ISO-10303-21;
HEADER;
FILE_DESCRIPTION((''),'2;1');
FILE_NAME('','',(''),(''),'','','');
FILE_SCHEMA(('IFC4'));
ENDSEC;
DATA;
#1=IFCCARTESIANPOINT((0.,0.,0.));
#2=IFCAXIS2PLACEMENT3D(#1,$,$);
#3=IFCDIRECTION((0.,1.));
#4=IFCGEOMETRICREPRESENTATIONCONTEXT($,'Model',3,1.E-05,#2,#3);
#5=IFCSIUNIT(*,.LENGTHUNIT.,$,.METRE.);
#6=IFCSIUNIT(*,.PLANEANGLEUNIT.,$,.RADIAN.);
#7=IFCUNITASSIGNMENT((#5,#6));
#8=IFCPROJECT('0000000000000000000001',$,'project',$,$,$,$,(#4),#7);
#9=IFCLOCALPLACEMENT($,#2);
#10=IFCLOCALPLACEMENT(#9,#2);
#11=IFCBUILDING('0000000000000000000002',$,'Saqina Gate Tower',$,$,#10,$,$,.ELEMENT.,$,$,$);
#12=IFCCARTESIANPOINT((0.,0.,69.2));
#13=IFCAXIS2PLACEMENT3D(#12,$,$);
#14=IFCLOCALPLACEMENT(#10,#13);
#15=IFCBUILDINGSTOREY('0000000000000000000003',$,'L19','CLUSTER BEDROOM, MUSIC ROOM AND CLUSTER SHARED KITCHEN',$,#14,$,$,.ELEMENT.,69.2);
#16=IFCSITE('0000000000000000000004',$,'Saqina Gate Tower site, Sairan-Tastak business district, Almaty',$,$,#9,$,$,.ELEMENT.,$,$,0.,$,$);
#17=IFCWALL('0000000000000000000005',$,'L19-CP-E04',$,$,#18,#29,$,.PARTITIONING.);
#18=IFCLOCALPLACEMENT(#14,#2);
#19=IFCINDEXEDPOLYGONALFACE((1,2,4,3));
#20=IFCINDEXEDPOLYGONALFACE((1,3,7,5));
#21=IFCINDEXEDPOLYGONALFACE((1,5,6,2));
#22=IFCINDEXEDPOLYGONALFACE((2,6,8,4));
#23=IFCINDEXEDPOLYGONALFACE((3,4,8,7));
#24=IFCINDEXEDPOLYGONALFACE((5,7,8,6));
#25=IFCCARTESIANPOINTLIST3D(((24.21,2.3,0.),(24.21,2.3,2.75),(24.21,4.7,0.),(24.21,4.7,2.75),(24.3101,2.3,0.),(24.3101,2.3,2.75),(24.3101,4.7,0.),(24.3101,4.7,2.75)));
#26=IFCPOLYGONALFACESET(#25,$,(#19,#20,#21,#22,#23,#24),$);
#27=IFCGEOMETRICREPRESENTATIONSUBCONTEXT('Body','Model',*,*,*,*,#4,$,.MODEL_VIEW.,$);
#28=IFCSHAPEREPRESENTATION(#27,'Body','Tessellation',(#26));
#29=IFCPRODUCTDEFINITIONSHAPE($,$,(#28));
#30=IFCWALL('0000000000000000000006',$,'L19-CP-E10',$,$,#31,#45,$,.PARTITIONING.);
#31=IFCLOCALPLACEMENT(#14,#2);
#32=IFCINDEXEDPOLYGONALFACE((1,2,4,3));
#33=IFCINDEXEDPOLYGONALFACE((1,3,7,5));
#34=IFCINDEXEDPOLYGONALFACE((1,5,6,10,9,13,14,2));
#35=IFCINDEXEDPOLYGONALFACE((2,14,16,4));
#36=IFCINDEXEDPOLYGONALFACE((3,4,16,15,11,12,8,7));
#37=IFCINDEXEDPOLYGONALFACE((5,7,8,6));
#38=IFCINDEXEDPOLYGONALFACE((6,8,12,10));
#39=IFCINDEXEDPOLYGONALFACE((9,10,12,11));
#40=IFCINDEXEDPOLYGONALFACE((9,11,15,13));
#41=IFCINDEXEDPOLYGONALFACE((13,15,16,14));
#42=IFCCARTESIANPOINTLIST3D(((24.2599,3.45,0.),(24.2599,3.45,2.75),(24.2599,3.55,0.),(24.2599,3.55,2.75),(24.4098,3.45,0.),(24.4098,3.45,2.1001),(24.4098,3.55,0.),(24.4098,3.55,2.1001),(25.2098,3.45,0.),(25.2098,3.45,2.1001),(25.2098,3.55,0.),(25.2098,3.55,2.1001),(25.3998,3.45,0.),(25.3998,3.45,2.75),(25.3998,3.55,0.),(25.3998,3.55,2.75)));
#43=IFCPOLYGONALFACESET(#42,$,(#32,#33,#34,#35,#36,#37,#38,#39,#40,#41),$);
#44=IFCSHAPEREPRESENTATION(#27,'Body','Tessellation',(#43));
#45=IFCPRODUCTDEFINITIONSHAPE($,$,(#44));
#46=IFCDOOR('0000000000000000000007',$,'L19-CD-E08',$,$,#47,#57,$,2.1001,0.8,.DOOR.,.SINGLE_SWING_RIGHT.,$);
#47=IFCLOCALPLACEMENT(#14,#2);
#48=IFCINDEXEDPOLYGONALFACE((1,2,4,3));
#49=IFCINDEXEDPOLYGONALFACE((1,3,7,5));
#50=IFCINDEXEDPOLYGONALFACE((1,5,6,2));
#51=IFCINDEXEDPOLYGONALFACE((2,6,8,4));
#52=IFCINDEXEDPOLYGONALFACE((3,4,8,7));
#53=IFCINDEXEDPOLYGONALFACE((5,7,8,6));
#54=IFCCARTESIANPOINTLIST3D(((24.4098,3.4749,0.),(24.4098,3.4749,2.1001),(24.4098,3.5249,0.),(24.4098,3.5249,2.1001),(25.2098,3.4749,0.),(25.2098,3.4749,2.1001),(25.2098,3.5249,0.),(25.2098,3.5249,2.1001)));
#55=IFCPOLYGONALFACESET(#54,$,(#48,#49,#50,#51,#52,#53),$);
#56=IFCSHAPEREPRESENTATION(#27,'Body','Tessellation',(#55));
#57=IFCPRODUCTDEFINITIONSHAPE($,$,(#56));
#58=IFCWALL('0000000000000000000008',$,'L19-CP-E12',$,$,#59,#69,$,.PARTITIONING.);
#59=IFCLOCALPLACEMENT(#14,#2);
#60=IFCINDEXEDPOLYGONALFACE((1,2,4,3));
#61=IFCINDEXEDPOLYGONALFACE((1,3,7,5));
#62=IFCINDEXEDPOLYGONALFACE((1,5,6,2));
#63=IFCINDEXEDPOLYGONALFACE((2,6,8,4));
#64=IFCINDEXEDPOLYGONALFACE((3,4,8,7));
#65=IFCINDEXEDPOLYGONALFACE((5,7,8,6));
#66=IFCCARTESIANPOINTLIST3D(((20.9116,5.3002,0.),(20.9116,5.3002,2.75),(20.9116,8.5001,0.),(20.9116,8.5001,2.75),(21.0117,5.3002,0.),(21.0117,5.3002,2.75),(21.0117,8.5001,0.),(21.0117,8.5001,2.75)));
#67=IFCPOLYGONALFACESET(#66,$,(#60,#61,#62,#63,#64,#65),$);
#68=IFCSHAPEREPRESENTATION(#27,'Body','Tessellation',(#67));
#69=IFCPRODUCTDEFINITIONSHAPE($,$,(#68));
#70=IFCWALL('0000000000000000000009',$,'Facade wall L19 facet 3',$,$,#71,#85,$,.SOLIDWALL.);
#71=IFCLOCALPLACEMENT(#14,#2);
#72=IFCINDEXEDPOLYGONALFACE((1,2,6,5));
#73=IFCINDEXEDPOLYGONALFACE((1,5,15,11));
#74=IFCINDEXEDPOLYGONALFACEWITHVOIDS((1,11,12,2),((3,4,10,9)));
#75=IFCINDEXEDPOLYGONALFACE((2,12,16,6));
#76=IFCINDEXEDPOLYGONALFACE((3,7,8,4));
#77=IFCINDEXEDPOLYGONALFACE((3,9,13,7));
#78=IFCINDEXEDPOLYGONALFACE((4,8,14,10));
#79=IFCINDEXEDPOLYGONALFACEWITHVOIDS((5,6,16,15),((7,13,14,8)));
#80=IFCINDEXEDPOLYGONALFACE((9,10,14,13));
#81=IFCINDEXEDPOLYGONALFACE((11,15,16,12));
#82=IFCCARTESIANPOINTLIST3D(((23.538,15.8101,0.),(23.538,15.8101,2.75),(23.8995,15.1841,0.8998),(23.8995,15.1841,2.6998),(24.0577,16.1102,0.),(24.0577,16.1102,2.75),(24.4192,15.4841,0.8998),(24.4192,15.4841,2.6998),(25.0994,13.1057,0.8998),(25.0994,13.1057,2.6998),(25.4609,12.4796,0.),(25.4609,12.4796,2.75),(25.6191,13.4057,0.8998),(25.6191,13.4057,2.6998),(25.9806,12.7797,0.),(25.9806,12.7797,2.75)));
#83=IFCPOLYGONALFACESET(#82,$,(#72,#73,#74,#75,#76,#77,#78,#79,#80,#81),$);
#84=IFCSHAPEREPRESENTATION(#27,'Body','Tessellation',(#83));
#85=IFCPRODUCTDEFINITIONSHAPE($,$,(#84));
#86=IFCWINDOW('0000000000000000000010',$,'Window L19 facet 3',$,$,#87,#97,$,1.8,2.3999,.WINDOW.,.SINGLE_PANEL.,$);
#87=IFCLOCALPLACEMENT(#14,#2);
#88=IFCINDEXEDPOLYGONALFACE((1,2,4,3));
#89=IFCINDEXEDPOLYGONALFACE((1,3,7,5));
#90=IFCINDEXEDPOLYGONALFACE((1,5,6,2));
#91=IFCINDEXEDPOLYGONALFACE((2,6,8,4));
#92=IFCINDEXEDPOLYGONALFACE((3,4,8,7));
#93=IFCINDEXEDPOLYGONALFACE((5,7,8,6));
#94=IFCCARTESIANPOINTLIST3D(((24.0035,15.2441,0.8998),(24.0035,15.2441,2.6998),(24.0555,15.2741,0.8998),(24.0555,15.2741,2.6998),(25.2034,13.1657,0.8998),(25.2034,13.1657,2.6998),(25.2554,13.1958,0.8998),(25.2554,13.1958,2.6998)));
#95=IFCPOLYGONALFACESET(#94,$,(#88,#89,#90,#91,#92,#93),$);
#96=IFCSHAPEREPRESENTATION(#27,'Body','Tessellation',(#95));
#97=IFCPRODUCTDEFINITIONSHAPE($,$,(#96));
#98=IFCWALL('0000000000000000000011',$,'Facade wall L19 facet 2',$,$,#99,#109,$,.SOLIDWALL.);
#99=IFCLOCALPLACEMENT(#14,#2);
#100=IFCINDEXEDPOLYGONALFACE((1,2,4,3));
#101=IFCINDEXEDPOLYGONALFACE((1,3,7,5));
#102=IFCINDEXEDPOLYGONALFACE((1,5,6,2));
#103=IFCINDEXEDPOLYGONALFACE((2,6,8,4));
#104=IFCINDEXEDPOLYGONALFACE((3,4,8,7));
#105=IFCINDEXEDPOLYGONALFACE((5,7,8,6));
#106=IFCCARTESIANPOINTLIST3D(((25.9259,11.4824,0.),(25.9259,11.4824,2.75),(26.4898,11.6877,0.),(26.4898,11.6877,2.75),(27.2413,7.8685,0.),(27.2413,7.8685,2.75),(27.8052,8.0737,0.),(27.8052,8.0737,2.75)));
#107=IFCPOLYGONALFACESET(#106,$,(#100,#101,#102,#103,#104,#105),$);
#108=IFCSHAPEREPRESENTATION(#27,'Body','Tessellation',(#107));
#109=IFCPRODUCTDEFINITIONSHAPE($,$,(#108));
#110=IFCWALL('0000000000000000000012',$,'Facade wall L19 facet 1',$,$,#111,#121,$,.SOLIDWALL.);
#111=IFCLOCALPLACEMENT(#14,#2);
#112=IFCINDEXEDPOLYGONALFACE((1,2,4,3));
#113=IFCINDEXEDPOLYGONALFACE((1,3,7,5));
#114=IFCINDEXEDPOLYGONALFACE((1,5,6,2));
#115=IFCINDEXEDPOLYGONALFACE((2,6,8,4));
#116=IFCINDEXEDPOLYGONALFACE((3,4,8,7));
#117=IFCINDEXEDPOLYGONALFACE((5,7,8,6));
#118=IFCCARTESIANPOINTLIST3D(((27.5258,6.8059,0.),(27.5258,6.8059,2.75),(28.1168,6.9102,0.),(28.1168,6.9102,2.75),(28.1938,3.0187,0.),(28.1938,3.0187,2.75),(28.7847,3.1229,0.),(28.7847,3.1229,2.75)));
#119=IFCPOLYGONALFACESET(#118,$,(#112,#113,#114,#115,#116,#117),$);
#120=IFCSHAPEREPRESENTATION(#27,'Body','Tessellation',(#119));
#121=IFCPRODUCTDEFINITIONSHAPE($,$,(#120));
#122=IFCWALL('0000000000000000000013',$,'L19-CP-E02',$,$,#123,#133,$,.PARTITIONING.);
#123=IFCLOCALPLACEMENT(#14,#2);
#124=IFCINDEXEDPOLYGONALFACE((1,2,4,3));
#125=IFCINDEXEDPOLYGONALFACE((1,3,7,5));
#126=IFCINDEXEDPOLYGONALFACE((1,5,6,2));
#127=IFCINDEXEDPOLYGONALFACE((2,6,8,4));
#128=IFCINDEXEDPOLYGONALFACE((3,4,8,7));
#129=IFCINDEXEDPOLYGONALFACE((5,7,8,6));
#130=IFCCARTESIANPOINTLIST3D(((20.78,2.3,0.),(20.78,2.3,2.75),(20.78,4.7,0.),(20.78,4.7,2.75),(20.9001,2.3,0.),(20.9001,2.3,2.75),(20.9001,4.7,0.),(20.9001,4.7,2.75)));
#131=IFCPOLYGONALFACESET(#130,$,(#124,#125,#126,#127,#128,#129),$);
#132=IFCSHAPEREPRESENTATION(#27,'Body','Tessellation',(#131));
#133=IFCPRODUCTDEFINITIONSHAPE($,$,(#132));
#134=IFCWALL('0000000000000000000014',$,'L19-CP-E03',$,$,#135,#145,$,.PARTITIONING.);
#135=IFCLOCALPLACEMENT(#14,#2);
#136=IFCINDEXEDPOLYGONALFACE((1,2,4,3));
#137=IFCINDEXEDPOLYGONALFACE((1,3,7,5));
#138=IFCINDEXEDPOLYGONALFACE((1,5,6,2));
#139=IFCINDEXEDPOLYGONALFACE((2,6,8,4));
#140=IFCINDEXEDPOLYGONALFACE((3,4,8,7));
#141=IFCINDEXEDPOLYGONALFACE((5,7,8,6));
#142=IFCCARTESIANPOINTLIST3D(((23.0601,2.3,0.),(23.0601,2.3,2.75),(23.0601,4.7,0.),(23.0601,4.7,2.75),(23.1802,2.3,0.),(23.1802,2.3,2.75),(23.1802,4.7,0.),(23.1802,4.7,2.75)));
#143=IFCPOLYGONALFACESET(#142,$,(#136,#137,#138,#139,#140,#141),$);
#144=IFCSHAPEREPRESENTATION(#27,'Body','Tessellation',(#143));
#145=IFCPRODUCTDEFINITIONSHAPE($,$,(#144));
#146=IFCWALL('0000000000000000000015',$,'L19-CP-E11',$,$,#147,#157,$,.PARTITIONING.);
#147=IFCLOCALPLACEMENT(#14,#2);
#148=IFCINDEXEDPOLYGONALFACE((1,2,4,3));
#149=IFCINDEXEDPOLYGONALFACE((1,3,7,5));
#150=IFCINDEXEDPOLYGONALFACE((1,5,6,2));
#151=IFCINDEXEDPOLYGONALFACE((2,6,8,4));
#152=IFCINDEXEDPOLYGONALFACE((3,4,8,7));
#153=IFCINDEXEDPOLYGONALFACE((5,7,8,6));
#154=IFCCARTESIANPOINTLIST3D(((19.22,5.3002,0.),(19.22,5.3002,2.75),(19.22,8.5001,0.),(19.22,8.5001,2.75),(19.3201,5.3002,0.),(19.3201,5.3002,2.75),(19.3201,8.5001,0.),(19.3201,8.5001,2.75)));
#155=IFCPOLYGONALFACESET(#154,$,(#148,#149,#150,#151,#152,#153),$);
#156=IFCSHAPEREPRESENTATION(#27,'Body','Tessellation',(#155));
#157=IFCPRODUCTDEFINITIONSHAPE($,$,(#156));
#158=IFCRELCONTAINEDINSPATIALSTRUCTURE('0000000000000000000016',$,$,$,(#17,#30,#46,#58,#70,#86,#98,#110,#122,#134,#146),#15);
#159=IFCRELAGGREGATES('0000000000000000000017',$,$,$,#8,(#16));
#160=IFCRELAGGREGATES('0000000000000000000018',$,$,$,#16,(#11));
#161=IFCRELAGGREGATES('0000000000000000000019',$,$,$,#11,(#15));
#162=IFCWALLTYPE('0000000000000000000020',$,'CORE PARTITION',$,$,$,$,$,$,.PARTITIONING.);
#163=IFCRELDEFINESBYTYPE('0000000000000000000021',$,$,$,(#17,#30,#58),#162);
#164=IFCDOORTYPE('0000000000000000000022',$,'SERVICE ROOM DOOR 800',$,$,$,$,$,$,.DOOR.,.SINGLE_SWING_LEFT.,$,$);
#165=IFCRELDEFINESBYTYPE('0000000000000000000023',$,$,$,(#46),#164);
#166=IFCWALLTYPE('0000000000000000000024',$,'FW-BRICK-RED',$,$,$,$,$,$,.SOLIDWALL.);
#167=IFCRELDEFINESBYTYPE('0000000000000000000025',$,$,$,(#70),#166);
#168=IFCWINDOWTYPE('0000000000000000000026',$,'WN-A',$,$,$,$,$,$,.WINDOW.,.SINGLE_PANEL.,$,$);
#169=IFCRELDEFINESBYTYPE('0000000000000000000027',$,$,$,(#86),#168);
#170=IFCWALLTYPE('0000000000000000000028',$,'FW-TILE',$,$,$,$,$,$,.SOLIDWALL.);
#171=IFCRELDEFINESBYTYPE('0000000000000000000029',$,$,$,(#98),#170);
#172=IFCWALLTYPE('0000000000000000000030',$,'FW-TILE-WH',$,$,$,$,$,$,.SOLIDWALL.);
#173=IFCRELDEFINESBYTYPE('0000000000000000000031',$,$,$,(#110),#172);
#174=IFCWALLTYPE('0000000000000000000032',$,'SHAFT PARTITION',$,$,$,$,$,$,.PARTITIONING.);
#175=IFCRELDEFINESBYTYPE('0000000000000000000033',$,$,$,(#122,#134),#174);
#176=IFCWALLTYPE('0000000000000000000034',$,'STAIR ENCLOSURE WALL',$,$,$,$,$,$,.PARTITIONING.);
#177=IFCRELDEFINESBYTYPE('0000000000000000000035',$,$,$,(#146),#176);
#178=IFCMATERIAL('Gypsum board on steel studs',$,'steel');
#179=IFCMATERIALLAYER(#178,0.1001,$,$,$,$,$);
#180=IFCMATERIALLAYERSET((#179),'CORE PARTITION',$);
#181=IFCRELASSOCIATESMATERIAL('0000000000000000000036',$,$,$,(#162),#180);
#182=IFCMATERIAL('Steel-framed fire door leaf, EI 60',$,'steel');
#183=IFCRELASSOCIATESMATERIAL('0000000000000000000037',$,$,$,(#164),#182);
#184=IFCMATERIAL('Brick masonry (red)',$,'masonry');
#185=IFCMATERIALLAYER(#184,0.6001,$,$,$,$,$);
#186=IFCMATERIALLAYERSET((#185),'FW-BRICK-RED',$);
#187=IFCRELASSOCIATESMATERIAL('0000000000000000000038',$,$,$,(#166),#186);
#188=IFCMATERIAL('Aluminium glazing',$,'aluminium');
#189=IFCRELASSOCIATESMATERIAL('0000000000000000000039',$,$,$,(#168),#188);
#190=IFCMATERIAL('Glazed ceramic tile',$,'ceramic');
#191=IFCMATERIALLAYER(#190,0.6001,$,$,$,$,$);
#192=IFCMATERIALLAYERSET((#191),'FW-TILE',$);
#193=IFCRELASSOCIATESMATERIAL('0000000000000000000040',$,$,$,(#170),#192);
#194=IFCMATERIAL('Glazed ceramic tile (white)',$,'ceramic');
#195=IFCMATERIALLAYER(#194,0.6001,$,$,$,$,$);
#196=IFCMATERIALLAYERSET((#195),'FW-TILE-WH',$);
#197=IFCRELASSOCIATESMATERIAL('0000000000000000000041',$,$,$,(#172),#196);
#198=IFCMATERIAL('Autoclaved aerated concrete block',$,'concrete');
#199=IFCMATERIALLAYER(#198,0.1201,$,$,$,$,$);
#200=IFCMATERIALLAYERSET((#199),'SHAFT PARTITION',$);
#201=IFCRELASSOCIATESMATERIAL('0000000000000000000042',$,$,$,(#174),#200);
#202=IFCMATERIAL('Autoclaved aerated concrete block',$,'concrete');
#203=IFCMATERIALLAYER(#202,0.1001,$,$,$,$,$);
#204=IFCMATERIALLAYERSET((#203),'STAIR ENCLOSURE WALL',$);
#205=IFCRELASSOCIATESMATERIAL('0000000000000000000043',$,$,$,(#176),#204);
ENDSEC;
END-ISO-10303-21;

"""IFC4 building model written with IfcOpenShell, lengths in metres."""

from ifc_helpers import new_model, si_unit, direction, frame, frame_2d, origin, place, context, subcontext, project, spatial, rectangle, extrude, material, layer, layer_set, type_object, element, fill, save


model = new_model("IFC4")

# Units and contexts
model_context = context("Model", 3, precision=1e-05, world=origin(), true_north=direction((0.0, 1.0)))
body_context = subcontext(model_context, "Body", "Model", "MODEL_VIEW")
ifc_project = project(units=[si_unit("LENGTHUNIT", "METRE"), si_unit("PLANEANGLEUNIT", "RADIAN")], contexts=[model_context])

# Site, building, storey
site_placement = place(None, origin())
site = spatial("IfcSite", under=ifc_project, at=site_placement, Name="Saqina Gate Tower site, Sairan-Tastak business district, Almaty", CompositionType="ELEMENT", RefElevation=0.0)
building_placement = place(site_placement, origin())
building = spatial("IfcBuilding", under=site, at=building_placement, Name="Saqina Gate Tower", CompositionType="ELEMENT")
storey_placement = place(building_placement, frame((0.0, 0.0, 69.2)))
storey = spatial("IfcBuildingStorey", under=building, at=storey_placement, Name="L19", Description="CLUSTER BEDROOM, MUSIC ROOM AND CLUSTER SHARED KITCHEN", CompositionType="ELEMENT", Elevation=69.2)

# Wall
ifc_material_1 = material(Name="Gypsum board on steel studs", Category="steel")
ifc_layer_1 = layer(ifc_material_1, 0.1001)
ifc_layer_set_1 = layer_set([ifc_layer_1], Name="CORE PARTITION")
wall_type_1 = type_object("IfcWallType", Name="CORE PARTITION", PredefinedType="PARTITIONING", material=ifc_layer_set_1)
for number, where, z_axis, x_axis, name in (
    (1, (24.26, 2.3, 0.0), (0.0, 0.0, 1.0), (0.0, 1.0, 0.0), "L19-CP-E04"),
):
    element("IfcWall", number, at=place(storey_placement, frame(where, z_axis=z_axis, x_axis=x_axis)), inside=storey, type_object=wall_type_1, Name=name, PredefinedType="PARTITIONING", context=body_context, shape_type="SweptSolid", body=[
        extrude(rectangle(XDim=2.3999, YDim=0.1001, at=frame_2d((1.2, 0.0))), origin(), (0.0, 0.0, 1.0), 2.75),
    ])

# Wall, opening, door
wall_1_placement = place(storey_placement, frame((24.26, 3.5, 0.0), z_axis=(0.0, 0.0, 1.0), x_axis=(1.0, 0.0, 0.0)))
wall_1 = element("IfcWall", 2, at=wall_1_placement, inside=storey, type_object=wall_type_1, Name="L19-CP-E10", PredefinedType="PARTITIONING", context=body_context, shape_type="SweptSolid", body=[
    extrude(rectangle(XDim=1.1399, YDim=0.1001, at=frame_2d((0.5698, 0.0))), origin(), (0.0, 0.0, 1.0), 2.75),
])
opening_1_placement = place(wall_1_placement, frame((0.1499, 0.0, 0.0)))
opening_1 = element("IfcOpeningElement", 3, at=opening_1_placement, cuts=wall_1, PredefinedType="OPENING", context=body_context, shape_type="SweptSolid", body=[
    extrude(rectangle(XDim=0.8, YDim=2.1001, at=frame_2d((0.3999, 1.05))), frame((0.0, 0.062, 0.0), z_axis=(0.0, -1.0, 0.0), x_axis=(1.0, 0.0, 0.0)), (0.0, 0.0, 1.0), 0.124),
])
ifc_material_2 = material(Name="Steel-framed fire door leaf, EI 60", Category="steel")
door_type = type_object("IfcDoorType", Name="SERVICE ROOM DOOR 800", OperationType="SINGLE_SWING_LEFT", PredefinedType="DOOR", material=ifc_material_2)
door_placement = place(opening_1_placement, origin())
door = element("IfcDoor", 4, at=door_placement, inside=storey, type_object=door_type, Name="L19-CD-E08", OperationType="SINGLE_SWING_RIGHT", OverallHeight=2.1001, OverallWidth=0.8, PredefinedType="DOOR", context=body_context, shape_type="SweptSolid", body=[
    extrude(rectangle(XDim=0.8, YDim=2.1001, at=frame_2d((0.3999, 1.05))), frame((0.0, 0.0249, 0.0), z_axis=(0.0, -1.0, 0.0), x_axis=(1.0, 0.0, 0.0)), (0.0, 0.0, 1.0), 0.05),
])
fill(opening_1, door)

# Wall
wall_2_placement = place(storey_placement, frame((20.9617, 5.3, 0.0), z_axis=(0.0, 0.0, 1.0), x_axis=(0.0, 1.0, 0.0)))
element("IfcWall", 5, at=wall_2_placement, inside=storey, type_object=wall_type_1, Name="L19-CP-E12", PredefinedType="PARTITIONING", context=body_context, shape_type="SweptSolid", body=[
    extrude(rectangle(XDim=3.2, YDim=0.1001, at=frame_2d((1.6001, 0.0))), origin(), (0.0, 0.0, 1.0), 2.75),
])

# Wall, opening, window
ifc_material_3 = material(Name="Brick masonry (red)", Category="masonry")
ifc_layer_2 = layer(ifc_material_3, 0.6001)
ifc_layer_set_2 = layer_set([ifc_layer_2], Name="FW-BRICK-RED")
wall_type_2 = type_object("IfcWallType", Name="FW-BRICK-RED", PredefinedType="SOLIDWALL", material=ifc_layer_set_2)
wall_3_placement = place(storey_placement, frame((25.7207, 12.6296, 0.0), z_axis=(0.0, 0.0, 1.0), x_axis=(-0.49999, 0.866031, 0.0)))
wall_3 = element("IfcWall", 6, at=wall_3_placement, inside=storey, type_object=wall_type_2, Name="Facade wall L19 facet 3", PredefinedType="SOLIDWALL", context=body_context, shape_type="SweptSolid", body=[
    extrude(rectangle(XDim=3.8457, YDim=0.6001, at=frame_2d((1.9229, 0.0))), origin(), (0.0, 0.0, 1.0), 2.75),
])
opening_2_placement = place(wall_3_placement, frame((0.7229, 0.0, 0.8999)))
opening_2 = element("IfcOpeningElement", 7, at=opening_2_placement, cuts=wall_3, PredefinedType="OPENING", context=body_context, shape_type="SweptSolid", body=[
    extrude(rectangle(XDim=2.3999, YDim=1.8, at=frame_2d((1.2, 0.8999))), frame((0.0, 0.312, 0.0), z_axis=(0.0, -1.0, 0.0), x_axis=(1.0, 0.0, 0.0)), (0.0, 0.0, 1.0), 0.624),
])
ifc_material_4 = material(Name="Aluminium glazing", Category="aluminium")
window_type = type_object("IfcWindowType", Name="WN-A", PartitioningType="SINGLE_PANEL", PredefinedType="WINDOW", material=ifc_material_4)
window_placement = place(opening_2_placement, origin())
window = element("IfcWindow", 8, at=window_placement, inside=storey, type_object=window_type, Name="Window L19 facet 3", OverallHeight=1.8, OverallWidth=2.3999, PartitioningType="SINGLE_PANEL", PredefinedType="WINDOW", context=body_context, shape_type="SweptSolid", body=[
    extrude(rectangle(XDim=2.3999, YDim=1.8, at=frame_2d((1.2, 0.8999))), frame((0.0, 0.1799, 0.0), z_axis=(0.0, -1.0, 0.0), x_axis=(1.0, 0.0, 0.0)), (0.0, 0.0, 1.0), 0.0601),
])
fill(opening_2, window)

# Walls
ifc_material_5 = material(Name="Glazed ceramic tile", Category="ceramic")
ifc_layer_3 = layer(ifc_material_5, 0.6001)
ifc_layer_set_3 = layer_set([ifc_layer_3], Name="FW-TILE")
wall_type_3 = type_object("IfcWallType", Name="FW-TILE", PredefinedType="SOLIDWALL", material=ifc_layer_set_3)
wall_4_placement = place(storey_placement, frame((27.5232, 7.9712, 0.0), z_axis=(0.0, 0.0, 1.0), x_axis=(-0.342028, 0.93969, 0.0)))
element("IfcWall", 9, at=wall_4_placement, inside=storey, type_object=wall_type_3, Name="Facade wall L19 facet 2", PredefinedType="SOLIDWALL", context=body_context, shape_type="SweptSolid", body=[
    extrude(rectangle(XDim=3.8459, YDim=0.6001, at=frame_2d((1.9229, 0.0))), origin(), (0.0, 0.0, 1.0), 2.75),
])
ifc_material_6 = material(Name="Glazed ceramic tile (white)", Category="ceramic")
ifc_layer_4 = layer(ifc_material_6, 0.6001)
ifc_layer_set_4 = layer_set([ifc_layer_4], Name="FW-TILE-WH")
wall_type_4 = type_object("IfcWallType", Name="FW-TILE-WH", PredefinedType="SOLIDWALL", material=ifc_layer_set_4)
wall_5_placement = place(storey_placement, frame((28.4893, 3.0708, 0.0), z_axis=(0.0, 0.0, 1.0), x_axis=(-0.173688, 0.984801, 0.0)))
element("IfcWall", 10, at=wall_5_placement, inside=storey, type_object=wall_type_4, Name="Facade wall L19 facet 1", PredefinedType="SOLIDWALL", context=body_context, shape_type="SweptSolid", body=[
    extrude(rectangle(XDim=3.8457, YDim=0.6001, at=frame_2d((1.9229, 0.0))), origin(), (0.0, 0.0, 1.0), 2.75),
])
ifc_material_7 = material(Name="Autoclaved aerated concrete block", Category="concrete")
ifc_layer_5 = layer(ifc_material_7, 0.1201)
ifc_layer_set_5 = layer_set([ifc_layer_5], Name="SHAFT PARTITION")
wall_type_5 = type_object("IfcWallType", Name="SHAFT PARTITION", PredefinedType="PARTITIONING", material=ifc_layer_set_5)
for number, where, z_axis, x_axis, name in (
    (11, (20.8401, 2.3, 0.0), (0.0, 0.0, 1.0), (0.0, 1.0, 0.0), "L19-CP-E02"),
    (12, (23.1201, 2.3, 0.0), (0.0, 0.0, 1.0), (0.0, 1.0, 0.0), "L19-CP-E03"),
):
    element("IfcWall", number, at=place(storey_placement, frame(where, z_axis=z_axis, x_axis=x_axis)), inside=storey, type_object=wall_type_5, Name=name, PredefinedType="PARTITIONING", context=body_context, shape_type="SweptSolid", body=[
        extrude(rectangle(XDim=2.3999, YDim=0.1201, at=frame_2d((1.2, 0.0))), origin(), (0.0, 0.0, 1.0), 2.75),
    ])
ifc_material_8 = material(Name="Autoclaved aerated concrete block", Category="concrete")
ifc_layer_6 = layer(ifc_material_8, 0.1001)
ifc_layer_set_6 = layer_set([ifc_layer_6], Name="STAIR ENCLOSURE WALL")
wall_type_6 = type_object("IfcWallType", Name="STAIR ENCLOSURE WALL", PredefinedType="PARTITIONING", material=ifc_layer_set_6)
wall_6_placement = place(storey_placement, frame((19.27, 5.3, 0.0), z_axis=(0.0, 0.0, 1.0), x_axis=(0.0, 1.0, 0.0)))
element("IfcWall", 13, at=wall_6_placement, inside=storey, type_object=wall_type_6, Name="L19-CP-E11", PredefinedType="PARTITIONING", context=body_context, shape_type="SweptSolid", body=[
    extrude(rectangle(XDim=3.2, YDim=0.1001, at=frame_2d((1.6001, 0.0))), origin(), (0.0, 0.0, 1.0), 2.75),
])

save(model, "model.ifc")
